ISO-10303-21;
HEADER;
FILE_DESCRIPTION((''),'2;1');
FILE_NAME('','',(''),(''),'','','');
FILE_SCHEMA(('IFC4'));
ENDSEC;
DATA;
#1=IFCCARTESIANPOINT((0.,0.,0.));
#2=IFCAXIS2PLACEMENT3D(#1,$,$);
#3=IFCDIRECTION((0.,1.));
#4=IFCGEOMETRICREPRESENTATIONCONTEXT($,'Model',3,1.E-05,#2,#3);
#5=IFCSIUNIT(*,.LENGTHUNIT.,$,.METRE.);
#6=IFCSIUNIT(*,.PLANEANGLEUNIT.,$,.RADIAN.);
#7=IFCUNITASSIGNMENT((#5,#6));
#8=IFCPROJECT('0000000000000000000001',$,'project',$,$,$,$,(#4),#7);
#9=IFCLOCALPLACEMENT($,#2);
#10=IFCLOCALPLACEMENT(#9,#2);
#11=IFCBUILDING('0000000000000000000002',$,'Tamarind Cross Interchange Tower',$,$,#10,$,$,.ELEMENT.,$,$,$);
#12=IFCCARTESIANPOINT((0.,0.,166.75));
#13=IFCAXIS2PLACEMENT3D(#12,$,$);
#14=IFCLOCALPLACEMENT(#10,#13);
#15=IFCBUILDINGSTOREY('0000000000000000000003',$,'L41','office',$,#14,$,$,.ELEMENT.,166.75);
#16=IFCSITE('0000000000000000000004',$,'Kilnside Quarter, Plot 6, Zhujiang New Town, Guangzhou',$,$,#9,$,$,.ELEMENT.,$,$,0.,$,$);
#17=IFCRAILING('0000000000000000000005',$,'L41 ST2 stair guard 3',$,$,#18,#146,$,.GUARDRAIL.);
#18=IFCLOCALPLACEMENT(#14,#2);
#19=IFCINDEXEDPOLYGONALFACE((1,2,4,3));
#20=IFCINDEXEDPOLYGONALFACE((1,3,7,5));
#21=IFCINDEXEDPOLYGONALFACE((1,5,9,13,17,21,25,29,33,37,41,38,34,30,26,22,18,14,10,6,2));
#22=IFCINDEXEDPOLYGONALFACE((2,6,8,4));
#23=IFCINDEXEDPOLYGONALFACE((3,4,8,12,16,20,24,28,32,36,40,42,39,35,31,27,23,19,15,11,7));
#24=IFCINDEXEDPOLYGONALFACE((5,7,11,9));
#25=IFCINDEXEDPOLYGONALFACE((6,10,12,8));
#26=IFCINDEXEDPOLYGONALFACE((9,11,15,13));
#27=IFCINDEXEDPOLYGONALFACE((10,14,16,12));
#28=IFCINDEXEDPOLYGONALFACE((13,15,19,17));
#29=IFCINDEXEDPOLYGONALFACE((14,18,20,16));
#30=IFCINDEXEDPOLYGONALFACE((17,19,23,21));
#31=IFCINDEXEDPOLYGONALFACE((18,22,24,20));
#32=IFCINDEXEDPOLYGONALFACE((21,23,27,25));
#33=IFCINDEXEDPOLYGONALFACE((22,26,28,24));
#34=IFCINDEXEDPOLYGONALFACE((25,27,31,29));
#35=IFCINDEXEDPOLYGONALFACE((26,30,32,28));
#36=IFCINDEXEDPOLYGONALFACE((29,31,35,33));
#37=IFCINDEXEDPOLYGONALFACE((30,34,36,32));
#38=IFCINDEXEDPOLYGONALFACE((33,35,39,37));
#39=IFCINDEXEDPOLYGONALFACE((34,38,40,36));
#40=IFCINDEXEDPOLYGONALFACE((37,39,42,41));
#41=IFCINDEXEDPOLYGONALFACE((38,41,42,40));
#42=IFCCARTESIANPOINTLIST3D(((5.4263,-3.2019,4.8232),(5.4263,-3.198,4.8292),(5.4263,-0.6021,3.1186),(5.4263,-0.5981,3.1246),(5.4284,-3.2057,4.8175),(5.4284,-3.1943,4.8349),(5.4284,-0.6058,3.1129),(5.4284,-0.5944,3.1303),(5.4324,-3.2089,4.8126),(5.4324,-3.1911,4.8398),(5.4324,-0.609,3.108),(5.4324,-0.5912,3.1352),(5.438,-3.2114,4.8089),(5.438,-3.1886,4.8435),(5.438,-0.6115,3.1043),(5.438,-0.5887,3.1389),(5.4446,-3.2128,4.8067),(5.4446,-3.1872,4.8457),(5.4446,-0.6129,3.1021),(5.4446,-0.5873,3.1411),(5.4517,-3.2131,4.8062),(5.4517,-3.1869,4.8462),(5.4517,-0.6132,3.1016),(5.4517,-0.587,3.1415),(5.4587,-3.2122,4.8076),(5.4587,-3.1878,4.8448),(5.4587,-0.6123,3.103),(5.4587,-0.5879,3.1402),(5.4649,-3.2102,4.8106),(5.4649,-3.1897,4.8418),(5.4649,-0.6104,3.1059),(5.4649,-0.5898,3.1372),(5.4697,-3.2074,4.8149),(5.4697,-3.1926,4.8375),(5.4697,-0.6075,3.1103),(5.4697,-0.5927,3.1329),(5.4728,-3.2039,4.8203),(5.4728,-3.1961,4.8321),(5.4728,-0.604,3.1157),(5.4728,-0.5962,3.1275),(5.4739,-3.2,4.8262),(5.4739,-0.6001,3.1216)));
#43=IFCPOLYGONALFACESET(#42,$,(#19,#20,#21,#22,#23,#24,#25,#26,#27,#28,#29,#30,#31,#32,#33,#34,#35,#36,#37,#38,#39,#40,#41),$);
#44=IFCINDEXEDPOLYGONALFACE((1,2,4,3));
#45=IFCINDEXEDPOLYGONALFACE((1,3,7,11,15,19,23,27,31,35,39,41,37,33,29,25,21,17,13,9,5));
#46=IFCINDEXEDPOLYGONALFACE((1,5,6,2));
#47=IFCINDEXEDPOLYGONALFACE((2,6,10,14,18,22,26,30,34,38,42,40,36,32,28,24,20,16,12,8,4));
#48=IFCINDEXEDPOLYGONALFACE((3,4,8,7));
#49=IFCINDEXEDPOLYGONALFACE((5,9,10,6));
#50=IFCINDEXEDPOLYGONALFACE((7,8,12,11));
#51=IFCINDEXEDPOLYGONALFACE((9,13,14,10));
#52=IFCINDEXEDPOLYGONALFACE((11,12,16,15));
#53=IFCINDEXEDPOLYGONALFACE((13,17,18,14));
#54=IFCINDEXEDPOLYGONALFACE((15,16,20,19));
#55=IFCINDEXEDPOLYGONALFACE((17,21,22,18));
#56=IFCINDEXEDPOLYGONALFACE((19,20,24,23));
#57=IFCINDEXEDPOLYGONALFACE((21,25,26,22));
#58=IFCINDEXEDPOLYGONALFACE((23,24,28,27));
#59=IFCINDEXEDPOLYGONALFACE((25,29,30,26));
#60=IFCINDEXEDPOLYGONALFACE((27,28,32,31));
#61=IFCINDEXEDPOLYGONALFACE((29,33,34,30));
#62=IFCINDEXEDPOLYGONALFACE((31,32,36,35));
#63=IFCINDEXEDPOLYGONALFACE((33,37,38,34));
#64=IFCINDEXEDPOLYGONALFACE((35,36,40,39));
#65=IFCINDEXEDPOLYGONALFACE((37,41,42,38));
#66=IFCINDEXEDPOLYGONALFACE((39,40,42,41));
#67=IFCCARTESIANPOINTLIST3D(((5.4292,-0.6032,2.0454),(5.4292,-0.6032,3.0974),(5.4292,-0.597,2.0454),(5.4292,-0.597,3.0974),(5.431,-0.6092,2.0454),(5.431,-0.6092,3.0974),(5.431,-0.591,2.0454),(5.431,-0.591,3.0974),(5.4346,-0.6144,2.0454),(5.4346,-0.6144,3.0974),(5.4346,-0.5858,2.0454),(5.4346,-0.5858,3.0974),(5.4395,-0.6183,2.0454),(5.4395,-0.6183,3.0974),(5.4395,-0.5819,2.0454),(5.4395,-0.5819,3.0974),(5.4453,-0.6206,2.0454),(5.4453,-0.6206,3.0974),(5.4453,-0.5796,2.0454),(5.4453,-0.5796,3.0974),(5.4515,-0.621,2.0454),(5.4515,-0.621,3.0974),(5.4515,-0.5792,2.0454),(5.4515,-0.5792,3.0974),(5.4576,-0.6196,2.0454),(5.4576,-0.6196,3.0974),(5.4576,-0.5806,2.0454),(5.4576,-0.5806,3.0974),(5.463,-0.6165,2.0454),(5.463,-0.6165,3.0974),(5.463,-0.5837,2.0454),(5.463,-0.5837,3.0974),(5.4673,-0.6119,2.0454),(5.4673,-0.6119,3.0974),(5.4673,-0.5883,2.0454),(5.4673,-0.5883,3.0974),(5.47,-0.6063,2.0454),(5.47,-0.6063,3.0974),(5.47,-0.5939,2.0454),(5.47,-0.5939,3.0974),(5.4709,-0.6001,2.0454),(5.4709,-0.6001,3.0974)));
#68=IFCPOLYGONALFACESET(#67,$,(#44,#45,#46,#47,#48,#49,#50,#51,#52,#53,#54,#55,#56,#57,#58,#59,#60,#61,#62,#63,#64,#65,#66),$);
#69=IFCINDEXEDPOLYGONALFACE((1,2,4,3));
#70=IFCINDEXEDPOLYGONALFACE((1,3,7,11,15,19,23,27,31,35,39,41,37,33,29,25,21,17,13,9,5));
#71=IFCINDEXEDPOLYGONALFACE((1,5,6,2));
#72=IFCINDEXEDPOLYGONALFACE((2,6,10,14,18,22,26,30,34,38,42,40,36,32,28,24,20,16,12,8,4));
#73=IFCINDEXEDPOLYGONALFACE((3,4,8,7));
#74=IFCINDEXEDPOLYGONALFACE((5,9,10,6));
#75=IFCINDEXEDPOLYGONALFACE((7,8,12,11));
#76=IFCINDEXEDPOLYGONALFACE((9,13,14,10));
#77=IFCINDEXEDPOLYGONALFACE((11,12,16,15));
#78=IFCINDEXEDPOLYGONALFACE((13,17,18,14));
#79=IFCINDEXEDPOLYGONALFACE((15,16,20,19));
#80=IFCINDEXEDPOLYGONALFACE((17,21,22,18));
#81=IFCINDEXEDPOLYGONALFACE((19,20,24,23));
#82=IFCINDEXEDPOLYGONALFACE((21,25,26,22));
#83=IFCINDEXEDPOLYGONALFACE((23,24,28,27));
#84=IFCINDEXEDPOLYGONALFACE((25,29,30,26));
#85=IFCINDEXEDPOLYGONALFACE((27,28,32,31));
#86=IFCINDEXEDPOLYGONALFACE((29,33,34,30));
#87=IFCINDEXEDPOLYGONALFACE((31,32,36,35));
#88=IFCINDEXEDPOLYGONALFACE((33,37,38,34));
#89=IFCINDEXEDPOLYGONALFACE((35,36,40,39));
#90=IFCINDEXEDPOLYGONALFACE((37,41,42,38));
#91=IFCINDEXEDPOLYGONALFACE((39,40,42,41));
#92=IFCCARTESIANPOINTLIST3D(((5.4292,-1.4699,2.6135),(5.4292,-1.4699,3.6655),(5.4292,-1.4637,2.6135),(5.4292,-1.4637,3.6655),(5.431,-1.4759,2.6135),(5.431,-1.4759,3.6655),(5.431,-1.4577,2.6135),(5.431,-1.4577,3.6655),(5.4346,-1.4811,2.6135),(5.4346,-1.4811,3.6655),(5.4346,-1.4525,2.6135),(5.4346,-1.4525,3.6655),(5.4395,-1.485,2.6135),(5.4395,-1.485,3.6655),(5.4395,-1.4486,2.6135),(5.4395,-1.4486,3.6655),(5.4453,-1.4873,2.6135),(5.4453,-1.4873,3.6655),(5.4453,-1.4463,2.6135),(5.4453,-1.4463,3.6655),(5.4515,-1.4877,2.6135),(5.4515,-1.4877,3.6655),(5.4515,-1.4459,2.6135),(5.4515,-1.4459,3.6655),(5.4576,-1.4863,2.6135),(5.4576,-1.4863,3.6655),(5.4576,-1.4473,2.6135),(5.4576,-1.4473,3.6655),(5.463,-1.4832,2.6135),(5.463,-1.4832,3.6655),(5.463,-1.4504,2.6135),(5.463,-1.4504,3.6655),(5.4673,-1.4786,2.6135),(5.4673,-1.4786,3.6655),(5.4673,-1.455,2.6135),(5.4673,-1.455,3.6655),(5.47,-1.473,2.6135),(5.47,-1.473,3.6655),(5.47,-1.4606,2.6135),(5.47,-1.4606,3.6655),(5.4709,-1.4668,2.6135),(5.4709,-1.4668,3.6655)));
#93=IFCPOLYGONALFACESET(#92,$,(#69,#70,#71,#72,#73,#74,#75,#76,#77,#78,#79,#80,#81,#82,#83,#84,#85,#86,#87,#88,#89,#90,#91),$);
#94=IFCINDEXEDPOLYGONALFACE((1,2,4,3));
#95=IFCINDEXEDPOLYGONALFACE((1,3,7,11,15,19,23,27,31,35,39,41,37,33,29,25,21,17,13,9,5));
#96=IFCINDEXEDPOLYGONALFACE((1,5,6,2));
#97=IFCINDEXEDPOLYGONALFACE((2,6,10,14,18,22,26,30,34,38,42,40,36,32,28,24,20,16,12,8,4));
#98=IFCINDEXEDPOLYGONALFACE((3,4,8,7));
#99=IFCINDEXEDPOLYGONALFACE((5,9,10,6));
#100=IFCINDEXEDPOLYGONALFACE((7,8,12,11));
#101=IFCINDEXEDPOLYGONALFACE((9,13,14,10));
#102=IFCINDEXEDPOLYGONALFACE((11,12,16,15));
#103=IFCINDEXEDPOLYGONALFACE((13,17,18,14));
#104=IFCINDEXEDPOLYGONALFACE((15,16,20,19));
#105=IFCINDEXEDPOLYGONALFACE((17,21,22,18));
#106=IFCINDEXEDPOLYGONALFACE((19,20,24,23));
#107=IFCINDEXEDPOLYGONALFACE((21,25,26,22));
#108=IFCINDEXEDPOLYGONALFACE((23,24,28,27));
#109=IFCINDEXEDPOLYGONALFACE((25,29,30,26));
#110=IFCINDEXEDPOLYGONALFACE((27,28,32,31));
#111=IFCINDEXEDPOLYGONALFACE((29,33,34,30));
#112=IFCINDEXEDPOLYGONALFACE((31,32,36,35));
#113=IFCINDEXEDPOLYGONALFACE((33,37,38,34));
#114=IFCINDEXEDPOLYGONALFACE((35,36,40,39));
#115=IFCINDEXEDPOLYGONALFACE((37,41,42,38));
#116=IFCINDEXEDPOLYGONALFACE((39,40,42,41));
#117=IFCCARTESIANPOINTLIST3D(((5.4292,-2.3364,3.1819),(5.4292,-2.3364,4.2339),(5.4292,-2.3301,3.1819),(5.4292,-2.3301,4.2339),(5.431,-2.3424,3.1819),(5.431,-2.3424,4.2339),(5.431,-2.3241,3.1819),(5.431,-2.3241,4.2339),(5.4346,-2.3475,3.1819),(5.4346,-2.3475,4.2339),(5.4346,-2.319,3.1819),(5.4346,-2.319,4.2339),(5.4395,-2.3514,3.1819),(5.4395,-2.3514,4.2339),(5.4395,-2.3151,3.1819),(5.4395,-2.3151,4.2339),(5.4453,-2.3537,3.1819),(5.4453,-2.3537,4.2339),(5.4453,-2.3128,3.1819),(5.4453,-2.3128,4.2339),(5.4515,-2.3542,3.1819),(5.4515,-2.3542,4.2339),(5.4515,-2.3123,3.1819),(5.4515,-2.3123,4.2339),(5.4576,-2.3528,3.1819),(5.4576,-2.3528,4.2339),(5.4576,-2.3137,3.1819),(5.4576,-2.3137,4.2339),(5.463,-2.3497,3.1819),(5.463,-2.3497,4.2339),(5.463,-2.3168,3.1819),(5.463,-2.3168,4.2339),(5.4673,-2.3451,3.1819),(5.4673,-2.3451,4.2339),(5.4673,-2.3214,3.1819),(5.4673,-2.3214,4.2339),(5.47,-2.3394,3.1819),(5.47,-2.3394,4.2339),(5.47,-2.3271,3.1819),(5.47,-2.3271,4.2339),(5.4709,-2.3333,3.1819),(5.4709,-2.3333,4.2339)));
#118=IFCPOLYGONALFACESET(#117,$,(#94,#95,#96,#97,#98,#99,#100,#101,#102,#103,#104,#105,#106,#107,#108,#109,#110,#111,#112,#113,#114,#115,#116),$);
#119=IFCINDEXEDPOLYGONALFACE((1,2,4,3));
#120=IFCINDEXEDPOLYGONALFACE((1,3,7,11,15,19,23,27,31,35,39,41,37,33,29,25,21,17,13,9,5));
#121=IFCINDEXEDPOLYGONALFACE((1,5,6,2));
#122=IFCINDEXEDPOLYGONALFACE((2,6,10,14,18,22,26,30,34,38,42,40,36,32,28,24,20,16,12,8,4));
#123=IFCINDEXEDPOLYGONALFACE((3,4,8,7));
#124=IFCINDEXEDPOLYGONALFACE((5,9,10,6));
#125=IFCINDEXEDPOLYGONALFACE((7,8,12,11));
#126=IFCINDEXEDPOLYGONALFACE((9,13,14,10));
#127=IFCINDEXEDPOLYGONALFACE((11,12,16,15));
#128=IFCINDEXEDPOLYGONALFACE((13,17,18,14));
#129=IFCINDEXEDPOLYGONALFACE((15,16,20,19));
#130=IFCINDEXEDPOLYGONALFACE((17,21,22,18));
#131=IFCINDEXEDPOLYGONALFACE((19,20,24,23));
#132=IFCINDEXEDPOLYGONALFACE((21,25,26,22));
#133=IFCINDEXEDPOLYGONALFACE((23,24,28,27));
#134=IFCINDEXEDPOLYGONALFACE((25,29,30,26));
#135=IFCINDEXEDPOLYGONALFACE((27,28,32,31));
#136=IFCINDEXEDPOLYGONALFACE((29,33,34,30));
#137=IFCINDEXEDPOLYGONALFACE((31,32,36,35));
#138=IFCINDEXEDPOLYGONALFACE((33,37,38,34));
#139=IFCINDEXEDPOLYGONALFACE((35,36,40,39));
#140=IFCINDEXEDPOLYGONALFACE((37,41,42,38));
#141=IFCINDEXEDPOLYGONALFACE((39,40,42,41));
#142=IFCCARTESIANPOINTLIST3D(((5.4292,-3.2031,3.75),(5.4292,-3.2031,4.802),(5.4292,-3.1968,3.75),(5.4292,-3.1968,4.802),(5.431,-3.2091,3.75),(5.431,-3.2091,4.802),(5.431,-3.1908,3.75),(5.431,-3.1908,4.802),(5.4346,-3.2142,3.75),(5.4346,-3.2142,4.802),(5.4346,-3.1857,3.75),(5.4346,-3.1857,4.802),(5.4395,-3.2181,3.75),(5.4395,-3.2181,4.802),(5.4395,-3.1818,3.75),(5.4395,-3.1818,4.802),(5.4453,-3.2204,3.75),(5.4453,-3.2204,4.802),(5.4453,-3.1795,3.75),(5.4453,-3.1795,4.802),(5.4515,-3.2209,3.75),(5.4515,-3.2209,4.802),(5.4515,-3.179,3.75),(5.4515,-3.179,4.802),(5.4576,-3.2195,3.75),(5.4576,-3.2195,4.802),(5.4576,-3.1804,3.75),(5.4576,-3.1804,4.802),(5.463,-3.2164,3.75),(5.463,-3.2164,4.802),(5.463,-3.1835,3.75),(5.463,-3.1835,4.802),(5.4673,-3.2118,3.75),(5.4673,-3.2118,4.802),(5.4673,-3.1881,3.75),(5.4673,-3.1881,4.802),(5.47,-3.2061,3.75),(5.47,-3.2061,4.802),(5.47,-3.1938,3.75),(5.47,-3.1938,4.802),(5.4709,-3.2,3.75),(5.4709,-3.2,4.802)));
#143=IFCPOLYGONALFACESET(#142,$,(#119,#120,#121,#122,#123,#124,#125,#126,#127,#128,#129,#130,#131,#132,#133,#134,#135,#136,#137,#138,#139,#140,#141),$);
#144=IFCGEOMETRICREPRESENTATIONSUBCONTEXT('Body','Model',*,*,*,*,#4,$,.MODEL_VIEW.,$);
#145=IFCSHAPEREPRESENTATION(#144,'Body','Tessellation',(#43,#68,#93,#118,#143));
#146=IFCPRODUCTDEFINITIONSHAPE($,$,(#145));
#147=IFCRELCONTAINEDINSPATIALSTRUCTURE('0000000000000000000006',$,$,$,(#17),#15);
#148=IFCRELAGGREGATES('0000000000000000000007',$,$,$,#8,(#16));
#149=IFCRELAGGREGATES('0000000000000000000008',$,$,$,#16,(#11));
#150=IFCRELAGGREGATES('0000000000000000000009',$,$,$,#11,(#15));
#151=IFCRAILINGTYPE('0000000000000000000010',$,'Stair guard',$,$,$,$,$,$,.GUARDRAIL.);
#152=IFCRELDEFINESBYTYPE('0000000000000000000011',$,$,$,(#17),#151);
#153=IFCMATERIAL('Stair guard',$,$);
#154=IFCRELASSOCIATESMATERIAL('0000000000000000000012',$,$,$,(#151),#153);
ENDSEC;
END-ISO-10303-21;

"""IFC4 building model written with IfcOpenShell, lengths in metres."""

from ifc_helpers import new_model, si_unit, direction, frame, origin, origin_2d, place, context, subcontext, project, spatial, circle, extrude, material, type_object, element, save


model = new_model("IFC4")

# Units and contexts
model_context = context("Model", 3, precision=1e-05, world=origin(), true_north=direction((0.0, 1.0)))
body_context = subcontext(model_context, "Body", "Model", "MODEL_VIEW")
ifc_project = project(units=[si_unit("LENGTHUNIT", "METRE"), si_unit("PLANEANGLEUNIT", "RADIAN")], contexts=[model_context])

# Site, building, storey
site_placement = place(None, origin())
site = spatial("IfcSite", under=ifc_project, at=site_placement, Name="Kilnside Quarter, Plot 6, Zhujiang New Town, Guangzhou", CompositionType="ELEMENT", RefElevation=0.0)
building_placement = place(site_placement, origin())
building = spatial("IfcBuilding", under=site, at=building_placement, Name="Tamarind Cross Interchange Tower", CompositionType="ELEMENT")
storey_placement = place(building_placement, frame((0.0, 0.0, 166.75)))
storey = spatial("IfcBuildingStorey", under=building, at=storey_placement, Name="L41", Description="office", CompositionType="ELEMENT", Elevation=166.75)

# Railing
ifc_material_1 = material(Name="Stair guard")
railing_type_1 = type_object("IfcRailingType", Name="Stair guard", PredefinedType="GUARDRAIL", material=ifc_material_1)
railing_1_placement = place(storey_placement, frame((5.45, -0.6001, 2.0454)))
element("IfcRailing", 1, at=railing_1_placement, inside=storey, type_object=railing_type_1, Name="L41 ST2 stair guard 3", PredefinedType="GUARDRAIL", context=body_context, shape_type="SweptSolid", body=[
    extrude(circle(Radius=0.0239, at=origin_2d()), frame((0.0, 0.0, 1.0762), z_axis=(0.0, -0.836279, 0.548305), x_axis=(1.0, 0.0, 0.0)), (0.0, 0.0, 1.0), 3.1089),
    extrude(circle(Radius=0.021, at=origin_2d()), origin(), (0.0, 0.0, 1.0), 1.052),
    extrude(circle(Radius=0.021, at=origin_2d()), frame((0.0, -0.8667, 0.5681)), (0.0, 0.0, 1.0), 1.052),
    extrude(circle(Radius=0.021, at=origin_2d()), frame((0.0, -1.7332, 1.1365)), (0.0, 0.0, 1.0), 1.052),
    extrude(circle(Radius=0.021, at=origin_2d()), frame((0.0, -2.5999, 1.7046)), (0.0, 0.0, 1.0), 1.052),
])

save(model, "model.ifc")
